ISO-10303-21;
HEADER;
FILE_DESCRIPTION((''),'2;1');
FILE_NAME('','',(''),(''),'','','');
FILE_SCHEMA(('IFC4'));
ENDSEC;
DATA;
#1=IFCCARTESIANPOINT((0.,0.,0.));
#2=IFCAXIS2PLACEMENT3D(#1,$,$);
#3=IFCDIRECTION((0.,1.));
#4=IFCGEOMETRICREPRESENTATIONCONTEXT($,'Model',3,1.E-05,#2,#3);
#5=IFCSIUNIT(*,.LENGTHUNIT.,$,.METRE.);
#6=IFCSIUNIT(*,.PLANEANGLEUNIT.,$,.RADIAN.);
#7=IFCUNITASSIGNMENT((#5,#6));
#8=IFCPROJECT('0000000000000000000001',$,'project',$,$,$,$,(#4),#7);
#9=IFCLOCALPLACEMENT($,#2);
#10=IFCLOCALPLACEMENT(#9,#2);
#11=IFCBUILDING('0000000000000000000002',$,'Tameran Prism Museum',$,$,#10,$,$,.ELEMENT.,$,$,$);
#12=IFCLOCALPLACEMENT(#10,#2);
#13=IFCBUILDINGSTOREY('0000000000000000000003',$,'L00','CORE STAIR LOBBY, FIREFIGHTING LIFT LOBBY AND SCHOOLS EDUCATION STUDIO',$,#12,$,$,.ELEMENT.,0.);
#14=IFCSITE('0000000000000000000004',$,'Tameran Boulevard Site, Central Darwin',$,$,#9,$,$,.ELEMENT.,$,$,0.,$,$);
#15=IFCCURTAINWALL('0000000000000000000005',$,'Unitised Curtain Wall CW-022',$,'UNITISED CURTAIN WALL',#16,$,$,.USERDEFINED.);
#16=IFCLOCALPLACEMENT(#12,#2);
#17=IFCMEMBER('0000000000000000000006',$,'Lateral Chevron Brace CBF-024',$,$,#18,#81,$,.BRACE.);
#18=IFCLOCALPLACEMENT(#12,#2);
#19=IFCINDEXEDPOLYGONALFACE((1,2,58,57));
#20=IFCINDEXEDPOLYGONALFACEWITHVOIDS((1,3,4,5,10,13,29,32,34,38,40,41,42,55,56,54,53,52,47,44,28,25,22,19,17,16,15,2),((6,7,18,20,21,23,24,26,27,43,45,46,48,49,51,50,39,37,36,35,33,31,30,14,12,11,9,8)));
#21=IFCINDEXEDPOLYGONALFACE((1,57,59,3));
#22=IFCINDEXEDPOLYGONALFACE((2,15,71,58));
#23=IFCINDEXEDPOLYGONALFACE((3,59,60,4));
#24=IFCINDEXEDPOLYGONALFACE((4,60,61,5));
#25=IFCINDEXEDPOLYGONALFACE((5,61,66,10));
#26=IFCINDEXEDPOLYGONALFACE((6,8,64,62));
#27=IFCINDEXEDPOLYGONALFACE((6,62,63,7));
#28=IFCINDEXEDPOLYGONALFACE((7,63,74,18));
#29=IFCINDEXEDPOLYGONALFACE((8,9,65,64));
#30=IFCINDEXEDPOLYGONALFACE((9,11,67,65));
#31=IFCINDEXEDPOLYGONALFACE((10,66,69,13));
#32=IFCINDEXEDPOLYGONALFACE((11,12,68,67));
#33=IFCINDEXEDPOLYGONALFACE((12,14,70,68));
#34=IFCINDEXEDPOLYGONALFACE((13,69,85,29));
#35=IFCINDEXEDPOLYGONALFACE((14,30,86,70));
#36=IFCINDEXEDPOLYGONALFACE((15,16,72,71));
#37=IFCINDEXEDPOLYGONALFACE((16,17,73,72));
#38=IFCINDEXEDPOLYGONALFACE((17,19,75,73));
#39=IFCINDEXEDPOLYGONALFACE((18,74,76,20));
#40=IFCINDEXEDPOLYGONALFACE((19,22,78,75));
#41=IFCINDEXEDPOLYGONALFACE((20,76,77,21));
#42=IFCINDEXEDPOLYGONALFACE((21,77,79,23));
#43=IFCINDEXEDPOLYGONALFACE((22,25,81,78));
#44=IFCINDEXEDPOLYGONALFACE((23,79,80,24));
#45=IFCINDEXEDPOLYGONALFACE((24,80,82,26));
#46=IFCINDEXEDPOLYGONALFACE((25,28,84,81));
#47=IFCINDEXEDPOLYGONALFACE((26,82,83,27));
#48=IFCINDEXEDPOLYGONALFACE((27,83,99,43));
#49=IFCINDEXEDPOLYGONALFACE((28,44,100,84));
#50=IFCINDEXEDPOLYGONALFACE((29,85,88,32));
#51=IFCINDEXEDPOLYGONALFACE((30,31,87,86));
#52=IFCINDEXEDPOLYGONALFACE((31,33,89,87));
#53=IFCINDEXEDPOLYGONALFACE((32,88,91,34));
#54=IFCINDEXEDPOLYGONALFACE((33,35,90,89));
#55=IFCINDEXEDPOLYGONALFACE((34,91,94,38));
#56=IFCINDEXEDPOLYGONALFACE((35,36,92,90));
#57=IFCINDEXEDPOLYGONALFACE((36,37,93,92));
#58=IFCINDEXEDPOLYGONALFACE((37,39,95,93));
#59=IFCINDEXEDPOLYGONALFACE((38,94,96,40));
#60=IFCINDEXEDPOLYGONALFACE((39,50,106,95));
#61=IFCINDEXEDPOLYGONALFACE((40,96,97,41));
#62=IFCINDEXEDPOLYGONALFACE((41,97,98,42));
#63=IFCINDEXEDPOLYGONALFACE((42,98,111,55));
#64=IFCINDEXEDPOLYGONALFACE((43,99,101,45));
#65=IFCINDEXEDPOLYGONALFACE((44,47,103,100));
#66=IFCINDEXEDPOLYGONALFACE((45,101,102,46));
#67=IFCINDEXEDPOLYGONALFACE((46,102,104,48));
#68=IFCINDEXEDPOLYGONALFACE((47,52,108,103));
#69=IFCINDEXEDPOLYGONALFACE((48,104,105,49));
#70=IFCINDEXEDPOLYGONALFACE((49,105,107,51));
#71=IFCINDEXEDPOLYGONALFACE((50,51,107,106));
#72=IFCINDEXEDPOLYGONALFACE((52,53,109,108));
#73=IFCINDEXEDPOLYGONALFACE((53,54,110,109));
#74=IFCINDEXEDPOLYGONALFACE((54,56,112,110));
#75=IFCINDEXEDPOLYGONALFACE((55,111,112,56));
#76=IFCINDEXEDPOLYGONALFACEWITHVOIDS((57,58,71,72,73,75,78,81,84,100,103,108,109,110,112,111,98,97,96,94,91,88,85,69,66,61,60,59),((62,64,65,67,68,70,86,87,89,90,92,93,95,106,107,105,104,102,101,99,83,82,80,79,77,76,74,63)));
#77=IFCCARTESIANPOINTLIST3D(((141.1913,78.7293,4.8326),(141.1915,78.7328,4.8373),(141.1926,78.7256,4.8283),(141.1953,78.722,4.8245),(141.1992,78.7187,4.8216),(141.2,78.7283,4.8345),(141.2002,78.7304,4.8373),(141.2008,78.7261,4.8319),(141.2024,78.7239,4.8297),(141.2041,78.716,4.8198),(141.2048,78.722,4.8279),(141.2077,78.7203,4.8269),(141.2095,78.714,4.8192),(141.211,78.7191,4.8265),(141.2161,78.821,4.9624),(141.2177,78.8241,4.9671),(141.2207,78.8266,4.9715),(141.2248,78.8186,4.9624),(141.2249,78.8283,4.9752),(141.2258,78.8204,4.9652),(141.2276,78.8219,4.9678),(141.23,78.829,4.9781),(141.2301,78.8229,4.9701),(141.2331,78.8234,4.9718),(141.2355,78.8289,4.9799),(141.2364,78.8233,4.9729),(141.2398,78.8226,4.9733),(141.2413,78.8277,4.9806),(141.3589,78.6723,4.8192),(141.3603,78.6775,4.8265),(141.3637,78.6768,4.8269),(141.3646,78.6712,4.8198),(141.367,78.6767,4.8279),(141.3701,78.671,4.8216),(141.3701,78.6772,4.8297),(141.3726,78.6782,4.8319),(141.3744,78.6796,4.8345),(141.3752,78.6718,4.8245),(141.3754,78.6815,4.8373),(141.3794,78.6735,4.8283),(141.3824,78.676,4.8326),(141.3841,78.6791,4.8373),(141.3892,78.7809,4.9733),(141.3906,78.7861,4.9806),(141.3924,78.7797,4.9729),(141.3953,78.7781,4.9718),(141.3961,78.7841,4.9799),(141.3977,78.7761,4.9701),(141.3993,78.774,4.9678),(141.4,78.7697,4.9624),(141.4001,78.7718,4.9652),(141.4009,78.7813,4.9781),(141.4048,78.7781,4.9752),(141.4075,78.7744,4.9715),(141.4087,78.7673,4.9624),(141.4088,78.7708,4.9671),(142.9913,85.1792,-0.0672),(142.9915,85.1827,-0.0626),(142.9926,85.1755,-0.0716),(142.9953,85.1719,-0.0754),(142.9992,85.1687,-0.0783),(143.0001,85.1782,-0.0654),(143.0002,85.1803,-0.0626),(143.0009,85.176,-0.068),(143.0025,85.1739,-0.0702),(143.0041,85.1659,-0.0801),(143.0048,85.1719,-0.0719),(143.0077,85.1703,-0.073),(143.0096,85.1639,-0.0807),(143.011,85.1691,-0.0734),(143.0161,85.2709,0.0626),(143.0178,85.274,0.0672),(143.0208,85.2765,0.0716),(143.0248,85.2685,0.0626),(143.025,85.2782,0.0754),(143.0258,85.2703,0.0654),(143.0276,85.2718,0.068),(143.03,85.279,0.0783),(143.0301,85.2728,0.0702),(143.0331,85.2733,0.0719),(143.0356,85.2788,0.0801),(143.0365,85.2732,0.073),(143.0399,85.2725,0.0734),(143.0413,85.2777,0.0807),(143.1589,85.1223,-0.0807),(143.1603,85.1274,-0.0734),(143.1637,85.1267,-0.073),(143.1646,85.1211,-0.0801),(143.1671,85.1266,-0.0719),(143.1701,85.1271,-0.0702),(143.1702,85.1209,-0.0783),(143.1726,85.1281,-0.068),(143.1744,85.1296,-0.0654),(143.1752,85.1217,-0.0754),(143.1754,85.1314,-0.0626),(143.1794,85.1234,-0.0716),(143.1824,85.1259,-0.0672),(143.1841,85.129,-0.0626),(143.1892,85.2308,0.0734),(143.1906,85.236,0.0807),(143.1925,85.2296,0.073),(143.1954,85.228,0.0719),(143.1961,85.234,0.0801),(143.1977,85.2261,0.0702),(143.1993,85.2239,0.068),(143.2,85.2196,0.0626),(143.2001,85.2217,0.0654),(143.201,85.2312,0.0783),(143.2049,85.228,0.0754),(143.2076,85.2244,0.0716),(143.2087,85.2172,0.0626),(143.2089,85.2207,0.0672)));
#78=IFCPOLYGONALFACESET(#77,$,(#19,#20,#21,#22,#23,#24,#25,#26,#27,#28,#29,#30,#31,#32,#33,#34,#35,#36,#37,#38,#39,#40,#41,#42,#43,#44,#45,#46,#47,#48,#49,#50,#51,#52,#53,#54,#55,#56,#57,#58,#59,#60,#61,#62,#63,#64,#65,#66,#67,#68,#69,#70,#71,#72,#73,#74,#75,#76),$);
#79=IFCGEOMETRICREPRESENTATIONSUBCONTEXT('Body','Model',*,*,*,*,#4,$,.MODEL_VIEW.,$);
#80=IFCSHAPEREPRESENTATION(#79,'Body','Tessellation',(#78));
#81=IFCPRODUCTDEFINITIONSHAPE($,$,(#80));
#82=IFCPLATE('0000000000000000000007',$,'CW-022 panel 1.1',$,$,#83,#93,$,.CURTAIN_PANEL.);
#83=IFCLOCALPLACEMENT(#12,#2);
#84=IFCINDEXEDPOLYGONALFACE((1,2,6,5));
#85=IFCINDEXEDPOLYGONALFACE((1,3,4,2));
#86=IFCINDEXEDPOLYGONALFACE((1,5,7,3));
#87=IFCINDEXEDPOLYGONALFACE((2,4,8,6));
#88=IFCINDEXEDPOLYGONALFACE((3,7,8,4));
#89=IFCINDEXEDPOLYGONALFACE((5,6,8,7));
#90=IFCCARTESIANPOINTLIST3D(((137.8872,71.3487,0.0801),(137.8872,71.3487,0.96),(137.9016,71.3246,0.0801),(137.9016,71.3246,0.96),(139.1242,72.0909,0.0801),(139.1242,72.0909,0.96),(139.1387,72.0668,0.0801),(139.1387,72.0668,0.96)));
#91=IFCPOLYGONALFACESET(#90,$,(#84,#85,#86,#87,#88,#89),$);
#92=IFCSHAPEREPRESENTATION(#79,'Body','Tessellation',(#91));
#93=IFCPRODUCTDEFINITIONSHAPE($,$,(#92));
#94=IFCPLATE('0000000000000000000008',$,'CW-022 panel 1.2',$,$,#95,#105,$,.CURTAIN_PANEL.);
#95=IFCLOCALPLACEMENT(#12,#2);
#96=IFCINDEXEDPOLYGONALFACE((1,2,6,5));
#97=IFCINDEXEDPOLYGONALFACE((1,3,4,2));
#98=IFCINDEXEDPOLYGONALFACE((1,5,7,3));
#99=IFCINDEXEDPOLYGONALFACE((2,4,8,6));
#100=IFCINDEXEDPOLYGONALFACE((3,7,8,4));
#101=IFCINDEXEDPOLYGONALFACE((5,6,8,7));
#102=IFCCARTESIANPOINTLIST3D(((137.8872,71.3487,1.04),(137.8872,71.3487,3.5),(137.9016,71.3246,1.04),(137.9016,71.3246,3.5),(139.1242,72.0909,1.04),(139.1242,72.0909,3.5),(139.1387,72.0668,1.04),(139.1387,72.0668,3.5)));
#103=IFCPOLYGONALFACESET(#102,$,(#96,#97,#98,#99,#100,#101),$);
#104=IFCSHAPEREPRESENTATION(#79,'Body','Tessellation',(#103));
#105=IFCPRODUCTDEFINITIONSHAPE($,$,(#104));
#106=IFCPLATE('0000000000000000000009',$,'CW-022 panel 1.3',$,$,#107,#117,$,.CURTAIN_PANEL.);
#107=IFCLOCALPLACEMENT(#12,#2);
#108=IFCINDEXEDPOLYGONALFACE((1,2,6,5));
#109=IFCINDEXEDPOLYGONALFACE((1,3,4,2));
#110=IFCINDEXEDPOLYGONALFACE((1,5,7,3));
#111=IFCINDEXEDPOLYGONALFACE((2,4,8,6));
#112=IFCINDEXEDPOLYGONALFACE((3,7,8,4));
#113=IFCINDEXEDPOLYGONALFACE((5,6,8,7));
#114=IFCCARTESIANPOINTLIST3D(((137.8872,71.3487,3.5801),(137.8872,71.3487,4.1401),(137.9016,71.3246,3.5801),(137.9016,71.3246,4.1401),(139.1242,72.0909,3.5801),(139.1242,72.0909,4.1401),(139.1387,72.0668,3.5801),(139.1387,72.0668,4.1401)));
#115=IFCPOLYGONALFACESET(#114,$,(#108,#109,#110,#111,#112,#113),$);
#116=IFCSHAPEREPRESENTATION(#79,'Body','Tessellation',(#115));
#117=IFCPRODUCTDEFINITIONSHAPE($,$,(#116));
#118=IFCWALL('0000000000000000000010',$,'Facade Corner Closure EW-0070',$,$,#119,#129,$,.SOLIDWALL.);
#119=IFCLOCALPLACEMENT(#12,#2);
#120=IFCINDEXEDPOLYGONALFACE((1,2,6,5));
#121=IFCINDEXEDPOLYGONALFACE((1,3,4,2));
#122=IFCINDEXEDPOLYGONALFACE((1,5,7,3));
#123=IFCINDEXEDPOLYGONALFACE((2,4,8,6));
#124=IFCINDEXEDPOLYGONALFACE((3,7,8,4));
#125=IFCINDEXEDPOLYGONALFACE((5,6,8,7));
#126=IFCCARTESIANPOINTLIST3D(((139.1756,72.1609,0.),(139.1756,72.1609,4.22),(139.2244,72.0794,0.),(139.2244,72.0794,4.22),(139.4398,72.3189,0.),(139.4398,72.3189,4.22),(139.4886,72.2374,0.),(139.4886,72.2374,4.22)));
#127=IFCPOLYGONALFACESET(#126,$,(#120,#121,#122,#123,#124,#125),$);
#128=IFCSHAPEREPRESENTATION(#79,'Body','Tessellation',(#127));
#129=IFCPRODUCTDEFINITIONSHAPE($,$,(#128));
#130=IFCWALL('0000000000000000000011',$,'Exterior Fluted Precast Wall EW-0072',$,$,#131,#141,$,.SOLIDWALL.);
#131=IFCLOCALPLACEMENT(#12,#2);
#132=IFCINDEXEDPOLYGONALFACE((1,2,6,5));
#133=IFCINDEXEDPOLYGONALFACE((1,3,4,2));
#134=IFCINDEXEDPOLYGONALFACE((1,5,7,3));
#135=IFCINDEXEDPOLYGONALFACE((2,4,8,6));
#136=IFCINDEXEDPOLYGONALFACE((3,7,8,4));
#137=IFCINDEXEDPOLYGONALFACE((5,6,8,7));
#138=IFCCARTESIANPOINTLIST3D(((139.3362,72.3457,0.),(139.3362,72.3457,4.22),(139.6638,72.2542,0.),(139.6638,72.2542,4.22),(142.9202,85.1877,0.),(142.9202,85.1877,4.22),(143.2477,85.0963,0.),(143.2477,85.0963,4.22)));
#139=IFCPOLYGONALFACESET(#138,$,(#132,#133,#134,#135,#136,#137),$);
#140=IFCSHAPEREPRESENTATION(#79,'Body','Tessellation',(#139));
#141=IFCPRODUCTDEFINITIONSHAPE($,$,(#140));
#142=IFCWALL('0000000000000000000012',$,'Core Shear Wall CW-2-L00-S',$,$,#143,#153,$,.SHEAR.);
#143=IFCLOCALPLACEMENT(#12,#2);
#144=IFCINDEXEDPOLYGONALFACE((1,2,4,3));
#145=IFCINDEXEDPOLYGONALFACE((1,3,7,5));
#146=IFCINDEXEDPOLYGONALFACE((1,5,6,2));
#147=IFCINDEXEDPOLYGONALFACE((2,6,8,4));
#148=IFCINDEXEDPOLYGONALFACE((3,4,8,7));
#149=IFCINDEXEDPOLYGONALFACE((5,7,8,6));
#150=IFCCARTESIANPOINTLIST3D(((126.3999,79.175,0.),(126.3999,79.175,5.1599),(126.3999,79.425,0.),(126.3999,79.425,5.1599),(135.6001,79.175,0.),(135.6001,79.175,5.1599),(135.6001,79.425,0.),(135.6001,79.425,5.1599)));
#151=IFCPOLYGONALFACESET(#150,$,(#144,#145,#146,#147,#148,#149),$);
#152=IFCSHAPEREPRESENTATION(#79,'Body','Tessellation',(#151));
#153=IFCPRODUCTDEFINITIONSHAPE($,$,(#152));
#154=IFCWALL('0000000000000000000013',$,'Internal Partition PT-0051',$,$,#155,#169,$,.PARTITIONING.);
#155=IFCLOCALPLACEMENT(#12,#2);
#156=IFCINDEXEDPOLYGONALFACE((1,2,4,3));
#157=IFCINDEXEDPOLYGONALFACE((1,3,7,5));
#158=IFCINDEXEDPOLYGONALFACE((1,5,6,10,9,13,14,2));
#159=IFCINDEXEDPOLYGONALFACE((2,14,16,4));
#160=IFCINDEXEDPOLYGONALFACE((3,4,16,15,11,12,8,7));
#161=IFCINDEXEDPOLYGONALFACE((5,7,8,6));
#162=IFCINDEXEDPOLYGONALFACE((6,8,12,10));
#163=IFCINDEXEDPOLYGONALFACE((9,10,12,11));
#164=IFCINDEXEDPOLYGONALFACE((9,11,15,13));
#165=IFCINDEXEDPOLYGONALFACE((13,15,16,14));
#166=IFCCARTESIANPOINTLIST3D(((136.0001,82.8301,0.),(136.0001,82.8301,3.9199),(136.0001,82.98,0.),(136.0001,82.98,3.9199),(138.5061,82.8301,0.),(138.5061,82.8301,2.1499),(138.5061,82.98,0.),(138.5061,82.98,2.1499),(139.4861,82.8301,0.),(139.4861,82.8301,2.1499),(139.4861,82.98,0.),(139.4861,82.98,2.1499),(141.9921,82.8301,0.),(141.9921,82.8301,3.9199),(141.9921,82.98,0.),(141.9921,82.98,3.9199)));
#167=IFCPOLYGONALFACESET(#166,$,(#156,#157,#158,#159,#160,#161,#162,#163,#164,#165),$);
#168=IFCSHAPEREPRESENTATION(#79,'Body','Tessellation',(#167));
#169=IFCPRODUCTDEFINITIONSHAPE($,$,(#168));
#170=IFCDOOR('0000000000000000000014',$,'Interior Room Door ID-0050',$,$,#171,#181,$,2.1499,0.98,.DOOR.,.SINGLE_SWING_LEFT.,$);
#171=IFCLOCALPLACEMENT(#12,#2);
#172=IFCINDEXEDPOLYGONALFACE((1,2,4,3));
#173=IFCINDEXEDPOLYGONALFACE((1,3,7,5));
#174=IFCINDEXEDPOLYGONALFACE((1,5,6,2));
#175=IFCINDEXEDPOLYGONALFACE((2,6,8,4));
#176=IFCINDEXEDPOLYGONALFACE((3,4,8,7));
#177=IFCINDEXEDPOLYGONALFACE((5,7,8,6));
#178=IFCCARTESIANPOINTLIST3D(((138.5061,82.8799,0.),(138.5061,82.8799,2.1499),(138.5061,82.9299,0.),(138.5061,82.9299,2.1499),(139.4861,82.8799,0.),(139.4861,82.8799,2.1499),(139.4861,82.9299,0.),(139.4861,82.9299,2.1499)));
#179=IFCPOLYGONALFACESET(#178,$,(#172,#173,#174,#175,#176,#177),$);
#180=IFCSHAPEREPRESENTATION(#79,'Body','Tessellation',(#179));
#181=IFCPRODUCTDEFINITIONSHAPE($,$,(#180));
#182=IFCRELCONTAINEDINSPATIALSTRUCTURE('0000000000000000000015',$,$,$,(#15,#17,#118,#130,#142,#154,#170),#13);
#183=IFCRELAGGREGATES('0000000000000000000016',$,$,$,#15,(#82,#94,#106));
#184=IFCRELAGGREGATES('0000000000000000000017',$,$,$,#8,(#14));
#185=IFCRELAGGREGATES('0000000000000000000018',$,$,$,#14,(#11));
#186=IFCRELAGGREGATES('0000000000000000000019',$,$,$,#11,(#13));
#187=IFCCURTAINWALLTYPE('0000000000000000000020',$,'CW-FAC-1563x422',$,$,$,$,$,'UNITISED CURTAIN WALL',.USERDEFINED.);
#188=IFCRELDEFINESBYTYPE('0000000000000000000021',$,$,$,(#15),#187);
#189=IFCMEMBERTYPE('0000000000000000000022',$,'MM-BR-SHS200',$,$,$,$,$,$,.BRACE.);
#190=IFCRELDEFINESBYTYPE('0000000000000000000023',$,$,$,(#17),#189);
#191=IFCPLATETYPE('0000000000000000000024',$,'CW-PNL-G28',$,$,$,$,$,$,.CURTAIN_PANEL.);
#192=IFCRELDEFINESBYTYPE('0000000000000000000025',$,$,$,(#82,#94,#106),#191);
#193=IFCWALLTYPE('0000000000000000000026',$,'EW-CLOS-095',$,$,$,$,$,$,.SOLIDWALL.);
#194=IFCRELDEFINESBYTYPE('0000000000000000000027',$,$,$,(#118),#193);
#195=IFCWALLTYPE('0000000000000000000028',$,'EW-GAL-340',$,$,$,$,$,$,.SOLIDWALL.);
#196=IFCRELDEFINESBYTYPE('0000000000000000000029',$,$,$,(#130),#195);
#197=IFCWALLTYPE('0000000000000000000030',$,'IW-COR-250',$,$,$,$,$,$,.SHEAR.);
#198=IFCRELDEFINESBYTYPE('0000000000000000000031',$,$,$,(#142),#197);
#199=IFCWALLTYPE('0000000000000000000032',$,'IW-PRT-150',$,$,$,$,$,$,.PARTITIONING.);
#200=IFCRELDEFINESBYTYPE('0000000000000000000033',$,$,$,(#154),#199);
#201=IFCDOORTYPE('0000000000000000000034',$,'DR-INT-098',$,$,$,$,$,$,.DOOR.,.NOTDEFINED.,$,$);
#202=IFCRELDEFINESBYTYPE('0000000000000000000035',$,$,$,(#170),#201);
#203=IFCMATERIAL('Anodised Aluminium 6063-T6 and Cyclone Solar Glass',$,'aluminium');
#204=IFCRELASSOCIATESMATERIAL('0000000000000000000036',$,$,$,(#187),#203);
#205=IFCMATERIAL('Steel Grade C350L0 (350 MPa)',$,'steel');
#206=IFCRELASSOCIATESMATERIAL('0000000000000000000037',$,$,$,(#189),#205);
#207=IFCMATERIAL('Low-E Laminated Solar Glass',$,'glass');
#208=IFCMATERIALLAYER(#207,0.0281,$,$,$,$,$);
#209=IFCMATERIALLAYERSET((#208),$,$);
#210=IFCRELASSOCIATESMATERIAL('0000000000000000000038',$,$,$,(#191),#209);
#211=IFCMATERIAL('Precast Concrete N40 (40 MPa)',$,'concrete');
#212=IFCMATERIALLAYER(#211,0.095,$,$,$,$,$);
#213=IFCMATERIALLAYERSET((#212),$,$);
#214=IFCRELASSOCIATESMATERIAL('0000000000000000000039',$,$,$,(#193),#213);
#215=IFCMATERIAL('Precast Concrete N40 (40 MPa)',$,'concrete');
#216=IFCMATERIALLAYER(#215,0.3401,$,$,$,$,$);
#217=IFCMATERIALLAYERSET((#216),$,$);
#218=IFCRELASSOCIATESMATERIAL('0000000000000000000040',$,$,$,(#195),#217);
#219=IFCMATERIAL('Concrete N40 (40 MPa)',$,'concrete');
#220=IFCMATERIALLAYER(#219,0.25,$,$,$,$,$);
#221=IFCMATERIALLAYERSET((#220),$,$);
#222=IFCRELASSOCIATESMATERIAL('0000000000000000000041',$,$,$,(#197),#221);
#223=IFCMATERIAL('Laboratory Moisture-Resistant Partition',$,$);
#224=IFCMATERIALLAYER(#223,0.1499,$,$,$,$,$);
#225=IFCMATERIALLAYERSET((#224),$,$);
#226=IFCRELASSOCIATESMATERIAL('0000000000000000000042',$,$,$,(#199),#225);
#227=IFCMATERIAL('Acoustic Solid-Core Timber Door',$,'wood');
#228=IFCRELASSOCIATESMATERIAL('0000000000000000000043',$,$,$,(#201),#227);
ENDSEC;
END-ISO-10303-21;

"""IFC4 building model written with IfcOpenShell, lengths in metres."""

from ifc_helpers import new_model, si_unit, direction, frame, frame_2d, origin, origin_2d, place, context, subcontext, project, spatial, rectangle, hollow_rectangle, extrude, material, layer, layer_set, material_profile, profile_set, type_object, element, fill, aggregate, save


model = new_model("IFC4")

# Units and contexts
model_context = context("Model", 3, precision=1e-05, world=origin(), true_north=direction((0.0, 1.0)))
body_context = subcontext(model_context, "Body", "Model", "MODEL_VIEW")
ifc_project = project(units=[si_unit("LENGTHUNIT", "METRE"), si_unit("PLANEANGLEUNIT", "RADIAN")], contexts=[model_context])

# Site, building, storey
site_placement = place(None, origin())
site = spatial("IfcSite", under=ifc_project, at=site_placement, Name="Tameran Boulevard Site, Central Darwin", CompositionType="ELEMENT", RefElevation=0.0)
building_placement = place(site_placement, origin())
building = spatial("IfcBuilding", under=site, at=building_placement, Name="Tameran Prism Museum", CompositionType="ELEMENT")
storey_placement = place(building_placement, origin())
storey = spatial("IfcBuildingStorey", under=building, at=storey_placement, Name="L00", Description="CORE STAIR LOBBY, FIREFIGHTING LIFT LOBBY AND SCHOOLS EDUCATION STUDIO", CompositionType="ELEMENT", Elevation=0.0)

# Curtain wall
ifc_material_1 = material(Name="Anodised Aluminium 6063-T6 and Cyclone Solar Glass", Category="aluminium")
curtain_wall_type = type_object("IfcCurtainWallType", Name="CW-FAC-1563x422", ElementType="UNITISED CURTAIN WALL", PredefinedType="USERDEFINED", material=ifc_material_1)
curtain_wall_placement = place(storey_placement, origin())
curtain_wall = element("IfcCurtainWall", 1, at=curtain_wall_placement, inside=storey, type_object=curtain_wall_type, Name="Unitised Curtain Wall CW-022", ObjectType="UNITISED CURTAIN WALL", PredefinedType="USERDEFINED")

# Member
ifc_material_2 = material(Name="Steel Grade C350L0 (350 MPa)", Category="steel")
ifc_material_profile_1 = material_profile(ifc_material_2, hollow_rectangle(XDim=0.2, YDim=0.2, WallThickness=0.009, InnerFilletRadius=0.0134, OuterFilletRadius=0.0225, at=origin_2d()))
ifc_profile_set_1 = profile_set([ifc_material_profile_1])
member_type_1 = type_object("IfcMemberType", Name="MM-BR-SHS200", PredefinedType="BRACE", material=ifc_profile_set_1)
for number, where, z_axis, x_axis, name in (
    (2, (143.1001, 85.2, 0.0), (-0.216935, -0.777322, 0.590516), (0.963194, -0.268808, 0.0), "Lateral Chevron Brace CBF-024"),
):
    element("IfcMember", number, at=place(storey_placement, frame(where, z_axis=z_axis, x_axis=x_axis)), inside=storey, type_object=member_type_1, Name=name, PredefinedType="BRACE", context=body_context, shape_type="SweptSolid", body=[
        extrude(hollow_rectangle(XDim=0.2, YDim=0.2, WallThickness=0.009, InnerFilletRadius=0.0134, OuterFilletRadius=0.0225, at=origin_2d()), origin(), (0.0, 0.0, 1.0), 8.2976),
    ])

# Plates
ifc_material_3 = material(Name="Low-E Laminated Solar Glass", Category="glass")
ifc_layer_1 = layer(ifc_material_3, 0.0281)
ifc_layer_set_1 = layer_set([ifc_layer_1])
plate_type = type_object("IfcPlateType", Name="CW-PNL-G28", PredefinedType="CURTAIN_PANEL", material=ifc_layer_set_1)
plate_1_placement = place(storey_placement, frame((138.5129, 71.7078, 0.0801), z_axis=(0.0, 0.0, 1.0), x_axis=(-0.857493, -0.514496, 0.0)))
plate_1 = element("IfcPlate", 3, at=plate_1_placement, type_object=plate_type, Name="CW-022 panel 1.1", PredefinedType="CURTAIN_PANEL", context=body_context, shape_type="SweptSolid", body=[
    extrude(rectangle(XDim=1.4426, YDim=0.0281, at=origin_2d()), origin(), (0.0, 0.0, 1.0), 0.8799),
])
plate_2_placement = place(storey_placement, frame((138.5129, 71.7078, 1.04), z_axis=(0.0, 0.0, 1.0), x_axis=(-0.857493, -0.514496, 0.0)))
plate_2 = element("IfcPlate", 4, at=plate_2_placement, type_object=plate_type, Name="CW-022 panel 1.2", PredefinedType="CURTAIN_PANEL", context=body_context, shape_type="SweptSolid", body=[
    extrude(rectangle(XDim=1.4426, YDim=0.0281, at=origin_2d()), origin(), (0.0, 0.0, 1.0), 2.46),
])
plate_3_placement = place(storey_placement, frame((138.5129, 71.7078, 3.5801), z_axis=(0.0, 0.0, 1.0), x_axis=(-0.857493, -0.514496, 0.0)))
plate_3 = element("IfcPlate", 5, at=plate_3_placement, type_object=plate_type, Name="CW-022 panel 1.3", PredefinedType="CURTAIN_PANEL", context=body_context, shape_type="SweptSolid", body=[
    extrude(rectangle(XDim=1.4426, YDim=0.0281, at=origin_2d()), origin(), (0.0, 0.0, 1.0), 0.5601),
])
aggregate(curtain_wall, [plate_1, plate_2, plate_3])

# Walls
ifc_material_4 = material(Name="Precast Concrete N40 (40 MPa)", Category="concrete")
ifc_layer_2 = layer(ifc_material_4, 0.095)
ifc_layer_set_2 = layer_set([ifc_layer_2])
wall_type_1 = type_object("IfcWallType", Name="EW-CLOS-095", PredefinedType="SOLIDWALL", material=ifc_layer_set_2)
wall_1_placement = place(storey_placement, frame((139.4641, 72.2781, 0.0), z_axis=(0.0, 0.0, 1.0), x_axis=(-0.858262, -0.513212, 0.0)))
element("IfcWall", 6, at=wall_1_placement, inside=storey, type_object=wall_type_1, Name="Facade Corner Closure EW-0070", PredefinedType="SOLIDWALL", context=body_context, shape_type="SweptSolid", body=[
    extrude(rectangle(XDim=0.3079, YDim=0.095, at=frame_2d((0.1538, 0.0))), origin(), (0.0, 0.0, 1.0), 4.22),
])
ifc_material_5 = material(Name="Precast Concrete N40 (40 MPa)", Category="concrete")
ifc_layer_3 = layer(ifc_material_5, 0.3401)
ifc_layer_set_3 = layer_set([ifc_layer_3])
wall_type_2 = type_object("IfcWallType", Name="EW-GAL-340", PredefinedType="SOLIDWALL", material=ifc_layer_set_3)
wall_2_placement = place(storey_placement, frame((143.084, 85.1421, 0.0), z_axis=(0.0, 0.0, 1.0), x_axis=(-0.26881, -0.963193, 0.0)))
element("IfcWall", 7, at=wall_2_placement, inside=storey, type_object=wall_type_2, Name="Exterior Fluted Precast Wall EW-0072", PredefinedType="SOLIDWALL", context=body_context, shape_type="SweptSolid", body=[
    extrude(rectangle(XDim=13.3328, YDim=0.3401, at=frame_2d((6.6665, 0.0))), origin(), (0.0, 0.0, 1.0), 4.22),
])
ifc_material_6 = material(Name="Concrete N40 (40 MPa)", Category="concrete")
ifc_layer_4 = layer(ifc_material_6, 0.25)
ifc_layer_set_4 = layer_set([ifc_layer_4])
wall_type_3 = type_object("IfcWallType", Name="IW-COR-250", PredefinedType="SHEAR", material=ifc_layer_set_4)
wall_3_placement = place(storey_placement, frame((135.6001, 79.3, 0.0), z_axis=(0.0, 0.0, 1.0), x_axis=(-1.0, 0.0, 0.0)))
element("IfcWall", 8, at=wall_3_placement, inside=storey, type_object=wall_type_3, Name="Core Shear Wall CW-2-L00-S", PredefinedType="SHEAR", context=body_context, shape_type="SweptSolid", body=[
    extrude(rectangle(XDim=9.2002, YDim=0.25, at=frame_2d((4.6001, 0.0))), origin(), (0.0, 0.0, 1.0), 5.1599),
])

# Wall, opening, door
ifc_material_7 = material(Name="Laboratory Moisture-Resistant Partition")
ifc_layer_5 = layer(ifc_material_7, 0.1499)
ifc_layer_set_5 = layer_set([ifc_layer_5])
wall_type_4 = type_object("IfcWallType", Name="IW-PRT-150", PredefinedType="PARTITIONING", material=ifc_layer_set_5)
wall_4_placement = place(storey_placement, frame((136.0, 82.905, 0.0), z_axis=(0.0, 0.0, 1.0), x_axis=(1.0, 0.0, 0.0)))
wall_4 = element("IfcWall", 9, at=wall_4_placement, inside=storey, type_object=wall_type_4, Name="Internal Partition PT-0051", PredefinedType="PARTITIONING", context=body_context, shape_type="SweptSolid", body=[
    extrude(rectangle(XDim=5.9919, YDim=0.1499, at=frame_2d((2.9961, 0.0))), origin(), (0.0, 0.0, 1.0), 3.9199),
])
opening_placement = place(wall_4_placement, frame((2.5061, 0.0, 0.0)))
opening = element("IfcOpeningElement", 10, at=opening_placement, cuts=wall_4, PredefinedType="OPENING", context=body_context, shape_type="SweptSolid", body=[
    extrude(rectangle(XDim=0.98, YDim=2.1499, at=frame_2d((0.49, 1.075))), frame((0.0, 0.085, 0.0), z_axis=(0.0, -1.0, 0.0), x_axis=(1.0, 0.0, 0.0)), (0.0, 0.0, 1.0), 0.1699),
])
ifc_material_8 = material(Name="Acoustic Solid-Core Timber Door", Category="wood")
door_type = type_object("IfcDoorType", Name="DR-INT-098", OperationType="NOTDEFINED", PredefinedType="DOOR", material=ifc_material_8)
door_placement = place(opening_placement, origin())
door = element("IfcDoor", 11, at=door_placement, inside=storey, type_object=door_type, Name="Interior Room Door ID-0050", OperationType="SINGLE_SWING_LEFT", OverallHeight=2.1499, OverallWidth=0.98, PredefinedType="DOOR", context=body_context, shape_type="SweptSolid", body=[
    extrude(rectangle(XDim=0.98, YDim=2.1499, at=frame_2d((0.49, 1.075))), frame((0.0, 0.0249, 0.0), z_axis=(0.0, -1.0, 0.0), x_axis=(1.0, 0.0, 0.0)), (0.0, 0.0, 1.0), 0.05),
])
fill(opening, door)

save(model, "model.ifc")
